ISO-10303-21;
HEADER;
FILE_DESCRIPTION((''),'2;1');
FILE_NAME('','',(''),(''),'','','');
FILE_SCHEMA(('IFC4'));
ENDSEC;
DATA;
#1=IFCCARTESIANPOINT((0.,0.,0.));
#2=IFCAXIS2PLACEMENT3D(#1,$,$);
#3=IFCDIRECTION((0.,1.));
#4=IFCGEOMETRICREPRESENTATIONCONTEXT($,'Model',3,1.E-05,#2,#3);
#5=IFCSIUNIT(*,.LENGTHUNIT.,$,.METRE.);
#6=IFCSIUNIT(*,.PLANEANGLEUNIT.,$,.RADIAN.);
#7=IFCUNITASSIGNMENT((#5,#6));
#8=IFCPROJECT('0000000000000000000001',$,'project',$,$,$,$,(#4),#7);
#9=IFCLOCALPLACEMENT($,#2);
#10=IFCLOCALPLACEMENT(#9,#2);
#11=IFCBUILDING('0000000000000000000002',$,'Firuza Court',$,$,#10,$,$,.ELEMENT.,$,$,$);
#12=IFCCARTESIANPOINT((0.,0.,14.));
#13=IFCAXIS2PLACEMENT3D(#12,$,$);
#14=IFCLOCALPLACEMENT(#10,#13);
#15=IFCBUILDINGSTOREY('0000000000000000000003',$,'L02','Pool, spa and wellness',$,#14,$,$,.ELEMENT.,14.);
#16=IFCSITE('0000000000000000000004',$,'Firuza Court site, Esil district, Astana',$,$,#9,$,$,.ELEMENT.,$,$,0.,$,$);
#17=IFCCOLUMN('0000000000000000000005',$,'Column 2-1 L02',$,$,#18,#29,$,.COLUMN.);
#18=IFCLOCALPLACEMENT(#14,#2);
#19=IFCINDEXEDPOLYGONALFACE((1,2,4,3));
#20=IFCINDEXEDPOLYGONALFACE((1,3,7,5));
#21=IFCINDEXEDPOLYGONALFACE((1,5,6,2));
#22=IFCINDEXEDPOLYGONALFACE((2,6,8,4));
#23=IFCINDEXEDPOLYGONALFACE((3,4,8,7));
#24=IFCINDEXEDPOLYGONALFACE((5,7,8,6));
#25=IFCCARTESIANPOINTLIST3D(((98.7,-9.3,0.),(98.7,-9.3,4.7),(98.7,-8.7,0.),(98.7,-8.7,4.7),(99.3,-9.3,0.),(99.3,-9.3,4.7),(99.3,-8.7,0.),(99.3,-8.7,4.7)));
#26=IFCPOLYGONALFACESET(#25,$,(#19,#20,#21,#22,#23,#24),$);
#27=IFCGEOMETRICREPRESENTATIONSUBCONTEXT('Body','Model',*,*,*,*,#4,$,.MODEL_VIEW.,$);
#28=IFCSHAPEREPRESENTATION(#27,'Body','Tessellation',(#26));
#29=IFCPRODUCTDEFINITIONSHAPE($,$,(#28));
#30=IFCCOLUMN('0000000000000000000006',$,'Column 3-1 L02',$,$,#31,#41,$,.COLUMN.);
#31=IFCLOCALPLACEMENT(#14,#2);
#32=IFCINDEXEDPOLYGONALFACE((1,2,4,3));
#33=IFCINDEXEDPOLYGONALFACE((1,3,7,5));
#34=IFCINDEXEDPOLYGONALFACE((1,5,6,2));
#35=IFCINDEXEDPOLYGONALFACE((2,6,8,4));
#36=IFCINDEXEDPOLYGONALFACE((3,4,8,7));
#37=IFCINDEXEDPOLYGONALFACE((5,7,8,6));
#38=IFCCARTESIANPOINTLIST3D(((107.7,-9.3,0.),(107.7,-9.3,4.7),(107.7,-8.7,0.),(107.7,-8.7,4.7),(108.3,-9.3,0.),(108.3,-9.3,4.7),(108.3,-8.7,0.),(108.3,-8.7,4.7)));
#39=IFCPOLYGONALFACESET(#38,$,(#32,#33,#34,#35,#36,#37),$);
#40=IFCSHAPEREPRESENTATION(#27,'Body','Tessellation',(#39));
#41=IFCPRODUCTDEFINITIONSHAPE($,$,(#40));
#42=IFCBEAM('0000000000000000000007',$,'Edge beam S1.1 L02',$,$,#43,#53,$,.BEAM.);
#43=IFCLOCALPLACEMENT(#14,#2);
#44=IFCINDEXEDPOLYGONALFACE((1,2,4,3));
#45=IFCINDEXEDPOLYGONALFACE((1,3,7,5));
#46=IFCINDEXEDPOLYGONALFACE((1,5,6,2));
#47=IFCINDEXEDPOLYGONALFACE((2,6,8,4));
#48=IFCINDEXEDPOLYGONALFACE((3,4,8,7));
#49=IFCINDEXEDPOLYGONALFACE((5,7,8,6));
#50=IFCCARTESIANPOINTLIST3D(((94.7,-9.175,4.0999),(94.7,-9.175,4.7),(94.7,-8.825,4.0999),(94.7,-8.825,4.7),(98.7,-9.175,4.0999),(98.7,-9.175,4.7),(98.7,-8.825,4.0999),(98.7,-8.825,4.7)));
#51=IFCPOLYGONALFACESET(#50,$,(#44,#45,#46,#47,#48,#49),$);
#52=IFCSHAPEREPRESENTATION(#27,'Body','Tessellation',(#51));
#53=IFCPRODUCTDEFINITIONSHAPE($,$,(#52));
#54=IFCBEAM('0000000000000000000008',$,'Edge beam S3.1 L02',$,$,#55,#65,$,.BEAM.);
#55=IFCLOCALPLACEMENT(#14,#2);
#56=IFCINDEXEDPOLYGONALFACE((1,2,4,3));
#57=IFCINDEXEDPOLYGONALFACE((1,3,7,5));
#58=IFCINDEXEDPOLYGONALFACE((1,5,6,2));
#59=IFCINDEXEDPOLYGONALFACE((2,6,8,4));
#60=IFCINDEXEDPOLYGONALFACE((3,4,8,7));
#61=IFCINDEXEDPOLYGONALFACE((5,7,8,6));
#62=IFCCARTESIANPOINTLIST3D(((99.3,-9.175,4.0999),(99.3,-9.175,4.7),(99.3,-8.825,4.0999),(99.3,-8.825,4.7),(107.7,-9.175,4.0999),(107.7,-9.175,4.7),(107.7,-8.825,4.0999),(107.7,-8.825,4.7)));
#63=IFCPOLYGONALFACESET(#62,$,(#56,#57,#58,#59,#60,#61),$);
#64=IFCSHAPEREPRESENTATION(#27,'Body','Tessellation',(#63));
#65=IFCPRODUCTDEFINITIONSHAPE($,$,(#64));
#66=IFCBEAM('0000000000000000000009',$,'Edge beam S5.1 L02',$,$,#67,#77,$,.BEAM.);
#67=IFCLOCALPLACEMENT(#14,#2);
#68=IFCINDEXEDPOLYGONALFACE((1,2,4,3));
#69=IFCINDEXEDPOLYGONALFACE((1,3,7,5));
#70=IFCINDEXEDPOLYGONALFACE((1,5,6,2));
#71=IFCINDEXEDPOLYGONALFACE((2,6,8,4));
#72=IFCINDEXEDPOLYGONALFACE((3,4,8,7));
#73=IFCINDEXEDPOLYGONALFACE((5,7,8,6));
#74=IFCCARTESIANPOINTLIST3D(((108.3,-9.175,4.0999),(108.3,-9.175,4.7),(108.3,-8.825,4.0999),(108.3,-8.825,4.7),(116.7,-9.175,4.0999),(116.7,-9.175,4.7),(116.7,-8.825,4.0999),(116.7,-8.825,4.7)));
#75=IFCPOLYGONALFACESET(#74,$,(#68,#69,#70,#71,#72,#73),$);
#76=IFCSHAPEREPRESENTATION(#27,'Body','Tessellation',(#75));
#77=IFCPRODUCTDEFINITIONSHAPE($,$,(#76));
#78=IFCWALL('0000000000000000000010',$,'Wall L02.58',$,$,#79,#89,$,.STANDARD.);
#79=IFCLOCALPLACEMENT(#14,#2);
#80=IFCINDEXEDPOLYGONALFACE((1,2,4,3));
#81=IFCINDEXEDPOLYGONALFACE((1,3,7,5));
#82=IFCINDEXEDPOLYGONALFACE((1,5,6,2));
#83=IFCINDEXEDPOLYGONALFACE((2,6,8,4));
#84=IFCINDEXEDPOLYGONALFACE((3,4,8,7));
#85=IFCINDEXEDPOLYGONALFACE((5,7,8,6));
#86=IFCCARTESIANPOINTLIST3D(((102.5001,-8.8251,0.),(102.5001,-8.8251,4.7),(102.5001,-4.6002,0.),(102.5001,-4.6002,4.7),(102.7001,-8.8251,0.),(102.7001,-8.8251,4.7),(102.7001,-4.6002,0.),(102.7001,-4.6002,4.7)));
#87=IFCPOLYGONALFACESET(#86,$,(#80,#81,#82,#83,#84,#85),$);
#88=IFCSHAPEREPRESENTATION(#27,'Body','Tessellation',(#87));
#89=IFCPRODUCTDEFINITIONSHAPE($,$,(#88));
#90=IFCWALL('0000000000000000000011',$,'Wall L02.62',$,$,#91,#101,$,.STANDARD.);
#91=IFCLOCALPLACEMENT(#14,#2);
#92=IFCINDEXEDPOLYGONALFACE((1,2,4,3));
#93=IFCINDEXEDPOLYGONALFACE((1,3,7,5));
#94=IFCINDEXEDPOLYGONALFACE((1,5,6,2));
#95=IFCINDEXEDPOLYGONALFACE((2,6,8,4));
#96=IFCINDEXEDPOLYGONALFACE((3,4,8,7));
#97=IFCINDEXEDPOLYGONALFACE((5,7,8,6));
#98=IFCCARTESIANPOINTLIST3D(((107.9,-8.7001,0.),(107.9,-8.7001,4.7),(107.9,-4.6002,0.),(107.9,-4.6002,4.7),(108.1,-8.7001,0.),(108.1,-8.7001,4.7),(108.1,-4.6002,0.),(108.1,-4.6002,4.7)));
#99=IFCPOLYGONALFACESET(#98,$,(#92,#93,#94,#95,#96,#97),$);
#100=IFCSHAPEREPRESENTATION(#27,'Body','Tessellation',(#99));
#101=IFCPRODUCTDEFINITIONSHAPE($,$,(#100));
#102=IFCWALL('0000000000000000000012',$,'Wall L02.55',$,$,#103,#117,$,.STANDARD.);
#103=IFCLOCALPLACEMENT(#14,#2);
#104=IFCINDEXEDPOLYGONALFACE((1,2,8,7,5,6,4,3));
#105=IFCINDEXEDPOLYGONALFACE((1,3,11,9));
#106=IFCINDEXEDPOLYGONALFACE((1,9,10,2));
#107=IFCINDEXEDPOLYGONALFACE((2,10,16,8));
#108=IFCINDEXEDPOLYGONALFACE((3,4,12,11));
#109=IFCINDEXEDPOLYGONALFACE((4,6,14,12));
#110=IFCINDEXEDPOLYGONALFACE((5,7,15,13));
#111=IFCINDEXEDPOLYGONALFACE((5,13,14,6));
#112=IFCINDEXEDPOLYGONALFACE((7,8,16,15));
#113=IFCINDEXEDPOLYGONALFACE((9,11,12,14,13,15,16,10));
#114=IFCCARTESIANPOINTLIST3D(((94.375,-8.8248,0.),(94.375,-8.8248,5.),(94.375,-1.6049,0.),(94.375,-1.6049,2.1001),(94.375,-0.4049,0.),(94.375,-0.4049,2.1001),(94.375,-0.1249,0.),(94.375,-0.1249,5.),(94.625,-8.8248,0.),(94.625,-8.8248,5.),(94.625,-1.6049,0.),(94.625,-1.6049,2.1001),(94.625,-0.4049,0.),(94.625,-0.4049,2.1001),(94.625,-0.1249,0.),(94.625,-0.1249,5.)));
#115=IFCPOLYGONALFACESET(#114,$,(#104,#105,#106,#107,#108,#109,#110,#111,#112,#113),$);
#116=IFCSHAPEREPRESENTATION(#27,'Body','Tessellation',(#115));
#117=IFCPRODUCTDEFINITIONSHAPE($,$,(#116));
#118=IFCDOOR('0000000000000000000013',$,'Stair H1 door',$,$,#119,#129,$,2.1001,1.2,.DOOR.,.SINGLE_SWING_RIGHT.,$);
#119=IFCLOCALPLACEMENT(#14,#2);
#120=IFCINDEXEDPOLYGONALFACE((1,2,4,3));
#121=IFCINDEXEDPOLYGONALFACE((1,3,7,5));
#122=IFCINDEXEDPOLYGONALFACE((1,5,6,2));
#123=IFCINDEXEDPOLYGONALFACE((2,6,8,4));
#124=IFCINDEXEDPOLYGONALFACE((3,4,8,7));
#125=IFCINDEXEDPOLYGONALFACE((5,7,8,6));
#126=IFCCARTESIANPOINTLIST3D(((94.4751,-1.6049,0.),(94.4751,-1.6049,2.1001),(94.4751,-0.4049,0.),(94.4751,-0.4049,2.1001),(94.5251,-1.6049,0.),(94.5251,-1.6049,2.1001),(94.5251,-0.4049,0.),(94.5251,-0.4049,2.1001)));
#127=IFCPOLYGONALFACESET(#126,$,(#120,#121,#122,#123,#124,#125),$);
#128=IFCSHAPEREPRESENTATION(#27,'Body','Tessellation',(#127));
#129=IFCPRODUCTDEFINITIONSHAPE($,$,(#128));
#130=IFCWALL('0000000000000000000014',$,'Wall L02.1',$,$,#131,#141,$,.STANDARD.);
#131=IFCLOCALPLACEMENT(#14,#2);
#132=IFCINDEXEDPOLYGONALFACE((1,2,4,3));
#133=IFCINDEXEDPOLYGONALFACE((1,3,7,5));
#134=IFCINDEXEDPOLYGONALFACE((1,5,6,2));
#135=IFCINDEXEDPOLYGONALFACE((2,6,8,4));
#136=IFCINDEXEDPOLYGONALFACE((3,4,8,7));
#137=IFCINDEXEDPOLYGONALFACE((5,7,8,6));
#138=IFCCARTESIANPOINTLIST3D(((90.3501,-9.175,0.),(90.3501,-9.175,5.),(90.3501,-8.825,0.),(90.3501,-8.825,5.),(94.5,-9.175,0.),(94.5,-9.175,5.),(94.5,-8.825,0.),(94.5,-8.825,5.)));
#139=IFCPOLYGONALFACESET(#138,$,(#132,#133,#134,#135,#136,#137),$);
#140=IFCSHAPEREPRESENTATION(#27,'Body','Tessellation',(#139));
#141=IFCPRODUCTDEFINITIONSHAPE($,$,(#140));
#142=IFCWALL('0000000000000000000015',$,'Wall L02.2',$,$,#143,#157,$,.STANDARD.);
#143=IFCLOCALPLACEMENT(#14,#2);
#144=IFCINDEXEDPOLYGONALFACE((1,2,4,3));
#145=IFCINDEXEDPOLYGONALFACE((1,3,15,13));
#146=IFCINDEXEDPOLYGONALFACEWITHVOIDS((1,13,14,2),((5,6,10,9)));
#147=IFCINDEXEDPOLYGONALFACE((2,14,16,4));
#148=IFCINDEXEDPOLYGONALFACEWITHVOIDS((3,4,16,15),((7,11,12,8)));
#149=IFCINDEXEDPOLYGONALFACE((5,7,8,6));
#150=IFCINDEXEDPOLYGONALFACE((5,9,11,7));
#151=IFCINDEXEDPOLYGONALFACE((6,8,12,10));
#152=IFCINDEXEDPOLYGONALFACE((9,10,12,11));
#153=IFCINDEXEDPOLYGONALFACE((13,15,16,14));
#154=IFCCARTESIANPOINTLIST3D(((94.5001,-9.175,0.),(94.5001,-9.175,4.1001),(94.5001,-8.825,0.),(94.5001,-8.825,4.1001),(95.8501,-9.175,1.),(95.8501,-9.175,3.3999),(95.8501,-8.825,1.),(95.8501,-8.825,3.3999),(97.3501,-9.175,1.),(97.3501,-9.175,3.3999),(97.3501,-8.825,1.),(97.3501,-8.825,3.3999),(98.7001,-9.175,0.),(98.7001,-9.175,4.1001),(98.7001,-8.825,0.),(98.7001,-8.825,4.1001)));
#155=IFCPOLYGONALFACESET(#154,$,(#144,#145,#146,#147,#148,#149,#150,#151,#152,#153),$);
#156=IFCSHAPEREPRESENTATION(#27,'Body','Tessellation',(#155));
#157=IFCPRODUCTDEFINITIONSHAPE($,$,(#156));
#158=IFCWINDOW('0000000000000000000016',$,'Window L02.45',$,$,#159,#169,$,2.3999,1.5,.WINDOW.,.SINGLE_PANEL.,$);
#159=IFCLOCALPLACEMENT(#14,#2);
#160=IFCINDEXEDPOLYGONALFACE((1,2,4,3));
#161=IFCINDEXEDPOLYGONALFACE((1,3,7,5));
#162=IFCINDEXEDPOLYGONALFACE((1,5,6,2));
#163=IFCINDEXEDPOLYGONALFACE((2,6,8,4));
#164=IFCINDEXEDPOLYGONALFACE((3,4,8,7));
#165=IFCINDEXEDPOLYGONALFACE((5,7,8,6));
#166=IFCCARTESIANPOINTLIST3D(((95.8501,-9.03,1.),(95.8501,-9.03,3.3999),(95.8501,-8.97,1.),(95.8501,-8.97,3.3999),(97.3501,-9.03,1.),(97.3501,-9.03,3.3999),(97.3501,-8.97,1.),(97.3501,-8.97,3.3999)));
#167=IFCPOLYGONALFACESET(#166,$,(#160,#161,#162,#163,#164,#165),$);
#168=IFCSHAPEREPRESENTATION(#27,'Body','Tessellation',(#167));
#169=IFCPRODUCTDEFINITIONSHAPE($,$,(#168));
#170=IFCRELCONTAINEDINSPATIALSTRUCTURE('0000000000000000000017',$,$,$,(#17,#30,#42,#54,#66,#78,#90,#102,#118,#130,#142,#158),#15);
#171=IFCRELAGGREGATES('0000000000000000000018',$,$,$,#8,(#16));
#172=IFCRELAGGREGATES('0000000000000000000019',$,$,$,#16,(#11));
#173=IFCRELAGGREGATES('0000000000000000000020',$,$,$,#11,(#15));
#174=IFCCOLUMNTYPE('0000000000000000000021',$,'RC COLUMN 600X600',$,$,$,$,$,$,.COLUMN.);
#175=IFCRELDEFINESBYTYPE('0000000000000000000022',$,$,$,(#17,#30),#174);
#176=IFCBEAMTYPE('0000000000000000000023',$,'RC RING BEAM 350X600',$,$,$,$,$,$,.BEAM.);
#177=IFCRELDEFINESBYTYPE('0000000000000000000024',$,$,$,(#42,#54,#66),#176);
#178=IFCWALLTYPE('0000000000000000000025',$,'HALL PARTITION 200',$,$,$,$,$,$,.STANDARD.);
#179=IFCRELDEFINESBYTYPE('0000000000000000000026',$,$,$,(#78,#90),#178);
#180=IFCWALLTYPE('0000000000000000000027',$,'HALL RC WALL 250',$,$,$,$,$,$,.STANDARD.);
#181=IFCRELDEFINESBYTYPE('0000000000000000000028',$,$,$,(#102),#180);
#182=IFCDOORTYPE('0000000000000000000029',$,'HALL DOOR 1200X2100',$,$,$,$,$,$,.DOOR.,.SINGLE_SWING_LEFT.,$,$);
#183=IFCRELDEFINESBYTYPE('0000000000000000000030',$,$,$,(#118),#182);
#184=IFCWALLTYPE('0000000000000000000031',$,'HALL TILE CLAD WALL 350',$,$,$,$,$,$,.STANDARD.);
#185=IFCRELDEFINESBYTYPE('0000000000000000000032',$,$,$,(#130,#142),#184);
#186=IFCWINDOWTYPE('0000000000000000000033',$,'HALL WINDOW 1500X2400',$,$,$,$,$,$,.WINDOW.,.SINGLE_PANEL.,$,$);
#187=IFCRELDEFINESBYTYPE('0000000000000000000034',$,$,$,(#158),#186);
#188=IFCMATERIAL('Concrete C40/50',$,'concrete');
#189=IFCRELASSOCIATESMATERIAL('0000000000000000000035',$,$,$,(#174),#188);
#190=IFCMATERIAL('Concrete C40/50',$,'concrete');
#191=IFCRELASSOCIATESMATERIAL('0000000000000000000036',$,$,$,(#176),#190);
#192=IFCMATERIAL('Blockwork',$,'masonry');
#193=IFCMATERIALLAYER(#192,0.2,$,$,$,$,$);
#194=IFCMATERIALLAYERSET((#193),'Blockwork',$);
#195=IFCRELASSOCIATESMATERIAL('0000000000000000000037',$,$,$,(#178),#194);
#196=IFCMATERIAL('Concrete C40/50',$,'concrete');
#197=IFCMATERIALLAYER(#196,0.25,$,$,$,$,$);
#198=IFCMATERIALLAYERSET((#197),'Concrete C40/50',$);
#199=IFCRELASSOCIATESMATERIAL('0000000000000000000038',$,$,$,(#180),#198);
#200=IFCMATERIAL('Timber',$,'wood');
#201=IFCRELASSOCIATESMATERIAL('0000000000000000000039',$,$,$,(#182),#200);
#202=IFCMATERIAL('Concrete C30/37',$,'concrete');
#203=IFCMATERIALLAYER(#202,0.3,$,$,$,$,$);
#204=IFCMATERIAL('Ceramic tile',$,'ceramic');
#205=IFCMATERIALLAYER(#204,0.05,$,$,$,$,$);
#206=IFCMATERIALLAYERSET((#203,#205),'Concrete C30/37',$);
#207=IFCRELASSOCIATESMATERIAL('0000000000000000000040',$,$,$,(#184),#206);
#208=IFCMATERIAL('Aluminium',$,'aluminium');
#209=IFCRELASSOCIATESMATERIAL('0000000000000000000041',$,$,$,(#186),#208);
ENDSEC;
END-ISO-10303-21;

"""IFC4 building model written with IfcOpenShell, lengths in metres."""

from ifc_helpers import new_model, si_unit, direction, frame, frame_2d, origin, origin_2d, place, context, subcontext, project, spatial, rectangle, extrude, material, layer, layer_set, material_profile, profile_set, type_object, element, fill, save


model = new_model("IFC4")

# Units and contexts
model_context = context("Model", 3, precision=1e-05, world=origin(), true_north=direction((0.0, 1.0)))
body_context = subcontext(model_context, "Body", "Model", "MODEL_VIEW")
ifc_project = project(units=[si_unit("LENGTHUNIT", "METRE"), si_unit("PLANEANGLEUNIT", "RADIAN")], contexts=[model_context])

# Site, building, storey
site_placement = place(None, origin())
site = spatial("IfcSite", under=ifc_project, at=site_placement, Name="Firuza Court site, Esil district, Astana", CompositionType="ELEMENT", RefElevation=0.0)
building_placement = place(site_placement, origin())
building = spatial("IfcBuilding", under=site, at=building_placement, Name="Firuza Court", CompositionType="ELEMENT")
storey_placement = place(building_placement, frame((0.0, 0.0, 14.0)))
storey = spatial("IfcBuildingStorey", under=building, at=storey_placement, Name="L02", Description="Pool, spa and wellness", CompositionType="ELEMENT", Elevation=14.0)

# Columns
ifc_material_1 = material(Name="Concrete C40/50", Category="concrete")
ifc_material_profile_1 = material_profile(ifc_material_1, rectangle(XDim=0.6001, YDim=0.6001, at=origin_2d()), Name="RC 600X600")
ifc_profile_set_1 = profile_set([ifc_material_profile_1], Name="Concrete C40/50")
column_type = type_object("IfcColumnType", Name="RC COLUMN 600X600", PredefinedType="COLUMN", material=ifc_profile_set_1)
for number, where, z_axis, x_axis, name in (
    (1, (99.0, -9.0, 0.0), (0.0, 0.0, 1.0), (1.0, 0.0, 0.0), "Column 2-1 L02"),
    (2, (108.0, -9.0, 0.0), (0.0, 0.0, 1.0), (1.0, 0.0, 0.0), "Column 3-1 L02"),
):
    element("IfcColumn", number, at=place(storey_placement, frame(where, z_axis=z_axis, x_axis=x_axis)), inside=storey, type_object=column_type, Name=name, PredefinedType="COLUMN", context=body_context, shape_type="SweptSolid", body=[
        extrude(rectangle(XDim=0.6001, YDim=0.6001, at=origin_2d()), origin(), (0.0, 0.0, 1.0), 4.7),
    ])

# Beams
ifc_material_2 = material(Name="Concrete C40/50", Category="concrete")
ifc_material_profile_2 = material_profile(ifc_material_2, rectangle(XDim=0.3501, YDim=0.6001, at=origin_2d()), Name="RC 350X600")
ifc_profile_set_2 = profile_set([ifc_material_profile_2], Name="Concrete C40/50")
beam_type = type_object("IfcBeamType", Name="RC RING BEAM 350X600", PredefinedType="BEAM", material=ifc_profile_set_2)
beam_placement = place(storey_placement, frame((94.7, -9.0, 4.3999), z_axis=(1.0, 0.0, 0.0), x_axis=(0.0, 1.0, 0.0)))
element("IfcBeam", 3, at=beam_placement, inside=storey, type_object=beam_type, Name="Edge beam S1.1 L02", PredefinedType="BEAM", context=body_context, shape_type="SweptSolid", body=[
    extrude(rectangle(XDim=0.3501, YDim=0.6001, at=origin_2d()), origin(), (0.0, 0.0, 1.0), 4.0),
])
for number, where, z_axis, x_axis, name in (
    (4, (99.3, -9.0, 4.3999), (1.0, 0.0, 0.0), (0.0, 1.0, 0.0), "Edge beam S3.1 L02"),
    (5, (108.3, -9.0, 4.3999), (1.0, 0.0, 0.0), (0.0, 1.0, 0.0), "Edge beam S5.1 L02"),
):
    element("IfcBeam", number, at=place(storey_placement, frame(where, z_axis=z_axis, x_axis=x_axis)), inside=storey, type_object=beam_type, Name=name, PredefinedType="BEAM", context=body_context, shape_type="SweptSolid", body=[
        extrude(rectangle(XDim=0.3501, YDim=0.6001, at=origin_2d()), origin(), (0.0, 0.0, 1.0), 8.3999),
    ])

# Walls
ifc_material_3 = material(Name="Blockwork", Category="masonry")
ifc_layer_1 = layer(ifc_material_3, 0.2)
ifc_layer_set_1 = layer_set([ifc_layer_1], Name="Blockwork")
wall_type_1 = type_object("IfcWallType", Name="HALL PARTITION 200", PredefinedType="STANDARD", material=ifc_layer_set_1)
wall_1_placement = place(storey_placement, frame((102.6001, -8.825, 0.0), z_axis=(0.0, 0.0, 1.0), x_axis=(0.0, 1.0, 0.0)))
element("IfcWall", 6, at=wall_1_placement, inside=storey, type_object=wall_type_1, Name="Wall L02.58", PredefinedType="STANDARD", context=body_context, shape_type="SweptSolid", body=[
    extrude(rectangle(XDim=4.2249, YDim=0.2, at=frame_2d((2.1123, 0.0))), origin(), (0.0, 0.0, 1.0), 4.7),
])
wall_2_placement = place(storey_placement, frame((108.0, -8.7, 0.0), z_axis=(0.0, 0.0, 1.0), x_axis=(0.0, 1.0, 0.0)))
element("IfcWall", 7, at=wall_2_placement, inside=storey, type_object=wall_type_1, Name="Wall L02.62", PredefinedType="STANDARD", context=body_context, shape_type="SweptSolid", body=[
    extrude(rectangle(XDim=4.0999, YDim=0.2, at=frame_2d((2.0498, 0.0))), origin(), (0.0, 0.0, 1.0), 4.7),
])

# Wall, opening, door
ifc_material_4 = material(Name="Concrete C40/50", Category="concrete")
ifc_layer_2 = layer(ifc_material_4, 0.25)
ifc_layer_set_2 = layer_set([ifc_layer_2], Name="Concrete C40/50")
wall_type_2 = type_object("IfcWallType", Name="HALL RC WALL 250", PredefinedType="STANDARD", material=ifc_layer_set_2)
wall_3_placement = place(storey_placement, frame((94.5, -8.825, 0.0), z_axis=(0.0, 0.0, 1.0), x_axis=(0.0, 1.0, 0.0)))
wall_3 = element("IfcWall", 8, at=wall_3_placement, inside=storey, type_object=wall_type_2, Name="Wall L02.55", PredefinedType="STANDARD", context=body_context, shape_type="SweptSolid", body=[
    extrude(rectangle(XDim=8.7, YDim=0.25, at=frame_2d((4.3501, 0.0))), origin(), (0.0, 0.0, 1.0), 5.0),
])
opening_1_placement = place(wall_3_placement, frame((7.22, 0.0, 0.0)))
opening_1 = element("IfcOpeningElement", 9, at=opening_1_placement, cuts=wall_3, PredefinedType="OPENING", context=body_context, shape_type="SweptSolid", body=[
    extrude(rectangle(XDim=1.2, YDim=2.1001, at=frame_2d((0.6001, 1.05))), frame((0.0, 0.137, 0.0), z_axis=(0.0, -1.0, 0.0), x_axis=(1.0, 0.0, 0.0)), (0.0, 0.0, 1.0), 0.2739),
])
ifc_material_5 = material(Name="Timber", Category="wood")
door_type = type_object("IfcDoorType", Name="HALL DOOR 1200X2100", OperationType="SINGLE_SWING_LEFT", PredefinedType="DOOR", material=ifc_material_5)
door_placement = place(opening_1_placement, origin())
door = element("IfcDoor", 10, at=door_placement, inside=storey, type_object=door_type, Name="Stair H1 door", OperationType="SINGLE_SWING_RIGHT", OverallHeight=2.1001, OverallWidth=1.2, PredefinedType="DOOR", context=body_context, shape_type="SweptSolid", body=[
    extrude(rectangle(XDim=1.2, YDim=2.1001, at=frame_2d((0.6001, 1.05))), frame((0.0, 0.0249, 0.0), z_axis=(0.0, -1.0, 0.0), x_axis=(1.0, 0.0, 0.0)), (0.0, 0.0, 1.0), 0.05),
])
fill(opening_1, door)

# Wall
ifc_material_6 = material(Name="Concrete C30/37", Category="concrete")
ifc_layer_3 = layer(ifc_material_6, 0.3)
ifc_material_7 = material(Name="Ceramic tile", Category="ceramic")
ifc_layer_4 = layer(ifc_material_7, 0.05)
ifc_layer_set_3 = layer_set([ifc_layer_3, ifc_layer_4], Name="Concrete C30/37")
wall_type_3 = type_object("IfcWallType", Name="HALL TILE CLAD WALL 350", PredefinedType="STANDARD", material=ifc_layer_set_3)
wall_4_placement = place(storey_placement, frame((90.3501, -9.0, 0.0), z_axis=(0.0, 0.0, 1.0), x_axis=(1.0, 0.0, 0.0)))
element("IfcWall", 11, at=wall_4_placement, inside=storey, type_object=wall_type_3, Name="Wall L02.1", PredefinedType="STANDARD", context=body_context, shape_type="SweptSolid", body=[
    extrude(rectangle(XDim=4.1499, YDim=0.3501, at=frame_2d((2.075, 0.0))), origin(), (0.0, 0.0, 1.0), 5.0),
])

# Wall, opening, window
wall_5_placement = place(storey_placement, frame((94.5, -9.0, 0.0), z_axis=(0.0, 0.0, 1.0), x_axis=(1.0, 0.0, 0.0)))
wall_5 = element("IfcWall", 12, at=wall_5_placement, inside=storey, type_object=wall_type_3, Name="Wall L02.2", PredefinedType="STANDARD", context=body_context, shape_type="SweptSolid", body=[
    extrude(rectangle(XDim=4.2, YDim=0.3501, at=frame_2d((2.1001, 0.0))), origin(), (0.0, 0.0, 1.0), 4.1001),
])
opening_2_placement = place(wall_5_placement, frame((1.3501, 0.0, 1.0)))
opening_2 = element("IfcOpeningElement", 13, at=opening_2_placement, cuts=wall_5, PredefinedType="OPENING", context=body_context, shape_type="SweptSolid", body=[
    extrude(rectangle(XDim=1.5, YDim=2.3999, at=frame_2d((0.75, 1.2))), frame((0.0, 0.187, 0.0), z_axis=(0.0, -1.0, 0.0), x_axis=(1.0, 0.0, 0.0)), (0.0, 0.0, 1.0), 0.374),
])
ifc_material_8 = material(Name="Aluminium", Category="aluminium")
window_type = type_object("IfcWindowType", Name="HALL WINDOW 1500X2400", PartitioningType="SINGLE_PANEL", PredefinedType="WINDOW", material=ifc_material_8)
window_1_placement = place(opening_2_placement, origin())
window_1 = element("IfcWindow", 14, at=window_1_placement, inside=storey, type_object=window_type, Name="Window L02.45", OverallHeight=2.3999, OverallWidth=1.5, PartitioningType="SINGLE_PANEL", PredefinedType="WINDOW", context=body_context, shape_type="SweptSolid", body=[
    extrude(rectangle(XDim=1.5, YDim=2.3999, at=frame_2d((0.75, 1.2))), frame((0.0, 0.03, 0.0), z_axis=(0.0, -1.0, 0.0), x_axis=(1.0, 0.0, 0.0)), (0.0, 0.0, 1.0), 0.0601),
])
fill(opening_2, window_1)

save(model, "model.ifc")
